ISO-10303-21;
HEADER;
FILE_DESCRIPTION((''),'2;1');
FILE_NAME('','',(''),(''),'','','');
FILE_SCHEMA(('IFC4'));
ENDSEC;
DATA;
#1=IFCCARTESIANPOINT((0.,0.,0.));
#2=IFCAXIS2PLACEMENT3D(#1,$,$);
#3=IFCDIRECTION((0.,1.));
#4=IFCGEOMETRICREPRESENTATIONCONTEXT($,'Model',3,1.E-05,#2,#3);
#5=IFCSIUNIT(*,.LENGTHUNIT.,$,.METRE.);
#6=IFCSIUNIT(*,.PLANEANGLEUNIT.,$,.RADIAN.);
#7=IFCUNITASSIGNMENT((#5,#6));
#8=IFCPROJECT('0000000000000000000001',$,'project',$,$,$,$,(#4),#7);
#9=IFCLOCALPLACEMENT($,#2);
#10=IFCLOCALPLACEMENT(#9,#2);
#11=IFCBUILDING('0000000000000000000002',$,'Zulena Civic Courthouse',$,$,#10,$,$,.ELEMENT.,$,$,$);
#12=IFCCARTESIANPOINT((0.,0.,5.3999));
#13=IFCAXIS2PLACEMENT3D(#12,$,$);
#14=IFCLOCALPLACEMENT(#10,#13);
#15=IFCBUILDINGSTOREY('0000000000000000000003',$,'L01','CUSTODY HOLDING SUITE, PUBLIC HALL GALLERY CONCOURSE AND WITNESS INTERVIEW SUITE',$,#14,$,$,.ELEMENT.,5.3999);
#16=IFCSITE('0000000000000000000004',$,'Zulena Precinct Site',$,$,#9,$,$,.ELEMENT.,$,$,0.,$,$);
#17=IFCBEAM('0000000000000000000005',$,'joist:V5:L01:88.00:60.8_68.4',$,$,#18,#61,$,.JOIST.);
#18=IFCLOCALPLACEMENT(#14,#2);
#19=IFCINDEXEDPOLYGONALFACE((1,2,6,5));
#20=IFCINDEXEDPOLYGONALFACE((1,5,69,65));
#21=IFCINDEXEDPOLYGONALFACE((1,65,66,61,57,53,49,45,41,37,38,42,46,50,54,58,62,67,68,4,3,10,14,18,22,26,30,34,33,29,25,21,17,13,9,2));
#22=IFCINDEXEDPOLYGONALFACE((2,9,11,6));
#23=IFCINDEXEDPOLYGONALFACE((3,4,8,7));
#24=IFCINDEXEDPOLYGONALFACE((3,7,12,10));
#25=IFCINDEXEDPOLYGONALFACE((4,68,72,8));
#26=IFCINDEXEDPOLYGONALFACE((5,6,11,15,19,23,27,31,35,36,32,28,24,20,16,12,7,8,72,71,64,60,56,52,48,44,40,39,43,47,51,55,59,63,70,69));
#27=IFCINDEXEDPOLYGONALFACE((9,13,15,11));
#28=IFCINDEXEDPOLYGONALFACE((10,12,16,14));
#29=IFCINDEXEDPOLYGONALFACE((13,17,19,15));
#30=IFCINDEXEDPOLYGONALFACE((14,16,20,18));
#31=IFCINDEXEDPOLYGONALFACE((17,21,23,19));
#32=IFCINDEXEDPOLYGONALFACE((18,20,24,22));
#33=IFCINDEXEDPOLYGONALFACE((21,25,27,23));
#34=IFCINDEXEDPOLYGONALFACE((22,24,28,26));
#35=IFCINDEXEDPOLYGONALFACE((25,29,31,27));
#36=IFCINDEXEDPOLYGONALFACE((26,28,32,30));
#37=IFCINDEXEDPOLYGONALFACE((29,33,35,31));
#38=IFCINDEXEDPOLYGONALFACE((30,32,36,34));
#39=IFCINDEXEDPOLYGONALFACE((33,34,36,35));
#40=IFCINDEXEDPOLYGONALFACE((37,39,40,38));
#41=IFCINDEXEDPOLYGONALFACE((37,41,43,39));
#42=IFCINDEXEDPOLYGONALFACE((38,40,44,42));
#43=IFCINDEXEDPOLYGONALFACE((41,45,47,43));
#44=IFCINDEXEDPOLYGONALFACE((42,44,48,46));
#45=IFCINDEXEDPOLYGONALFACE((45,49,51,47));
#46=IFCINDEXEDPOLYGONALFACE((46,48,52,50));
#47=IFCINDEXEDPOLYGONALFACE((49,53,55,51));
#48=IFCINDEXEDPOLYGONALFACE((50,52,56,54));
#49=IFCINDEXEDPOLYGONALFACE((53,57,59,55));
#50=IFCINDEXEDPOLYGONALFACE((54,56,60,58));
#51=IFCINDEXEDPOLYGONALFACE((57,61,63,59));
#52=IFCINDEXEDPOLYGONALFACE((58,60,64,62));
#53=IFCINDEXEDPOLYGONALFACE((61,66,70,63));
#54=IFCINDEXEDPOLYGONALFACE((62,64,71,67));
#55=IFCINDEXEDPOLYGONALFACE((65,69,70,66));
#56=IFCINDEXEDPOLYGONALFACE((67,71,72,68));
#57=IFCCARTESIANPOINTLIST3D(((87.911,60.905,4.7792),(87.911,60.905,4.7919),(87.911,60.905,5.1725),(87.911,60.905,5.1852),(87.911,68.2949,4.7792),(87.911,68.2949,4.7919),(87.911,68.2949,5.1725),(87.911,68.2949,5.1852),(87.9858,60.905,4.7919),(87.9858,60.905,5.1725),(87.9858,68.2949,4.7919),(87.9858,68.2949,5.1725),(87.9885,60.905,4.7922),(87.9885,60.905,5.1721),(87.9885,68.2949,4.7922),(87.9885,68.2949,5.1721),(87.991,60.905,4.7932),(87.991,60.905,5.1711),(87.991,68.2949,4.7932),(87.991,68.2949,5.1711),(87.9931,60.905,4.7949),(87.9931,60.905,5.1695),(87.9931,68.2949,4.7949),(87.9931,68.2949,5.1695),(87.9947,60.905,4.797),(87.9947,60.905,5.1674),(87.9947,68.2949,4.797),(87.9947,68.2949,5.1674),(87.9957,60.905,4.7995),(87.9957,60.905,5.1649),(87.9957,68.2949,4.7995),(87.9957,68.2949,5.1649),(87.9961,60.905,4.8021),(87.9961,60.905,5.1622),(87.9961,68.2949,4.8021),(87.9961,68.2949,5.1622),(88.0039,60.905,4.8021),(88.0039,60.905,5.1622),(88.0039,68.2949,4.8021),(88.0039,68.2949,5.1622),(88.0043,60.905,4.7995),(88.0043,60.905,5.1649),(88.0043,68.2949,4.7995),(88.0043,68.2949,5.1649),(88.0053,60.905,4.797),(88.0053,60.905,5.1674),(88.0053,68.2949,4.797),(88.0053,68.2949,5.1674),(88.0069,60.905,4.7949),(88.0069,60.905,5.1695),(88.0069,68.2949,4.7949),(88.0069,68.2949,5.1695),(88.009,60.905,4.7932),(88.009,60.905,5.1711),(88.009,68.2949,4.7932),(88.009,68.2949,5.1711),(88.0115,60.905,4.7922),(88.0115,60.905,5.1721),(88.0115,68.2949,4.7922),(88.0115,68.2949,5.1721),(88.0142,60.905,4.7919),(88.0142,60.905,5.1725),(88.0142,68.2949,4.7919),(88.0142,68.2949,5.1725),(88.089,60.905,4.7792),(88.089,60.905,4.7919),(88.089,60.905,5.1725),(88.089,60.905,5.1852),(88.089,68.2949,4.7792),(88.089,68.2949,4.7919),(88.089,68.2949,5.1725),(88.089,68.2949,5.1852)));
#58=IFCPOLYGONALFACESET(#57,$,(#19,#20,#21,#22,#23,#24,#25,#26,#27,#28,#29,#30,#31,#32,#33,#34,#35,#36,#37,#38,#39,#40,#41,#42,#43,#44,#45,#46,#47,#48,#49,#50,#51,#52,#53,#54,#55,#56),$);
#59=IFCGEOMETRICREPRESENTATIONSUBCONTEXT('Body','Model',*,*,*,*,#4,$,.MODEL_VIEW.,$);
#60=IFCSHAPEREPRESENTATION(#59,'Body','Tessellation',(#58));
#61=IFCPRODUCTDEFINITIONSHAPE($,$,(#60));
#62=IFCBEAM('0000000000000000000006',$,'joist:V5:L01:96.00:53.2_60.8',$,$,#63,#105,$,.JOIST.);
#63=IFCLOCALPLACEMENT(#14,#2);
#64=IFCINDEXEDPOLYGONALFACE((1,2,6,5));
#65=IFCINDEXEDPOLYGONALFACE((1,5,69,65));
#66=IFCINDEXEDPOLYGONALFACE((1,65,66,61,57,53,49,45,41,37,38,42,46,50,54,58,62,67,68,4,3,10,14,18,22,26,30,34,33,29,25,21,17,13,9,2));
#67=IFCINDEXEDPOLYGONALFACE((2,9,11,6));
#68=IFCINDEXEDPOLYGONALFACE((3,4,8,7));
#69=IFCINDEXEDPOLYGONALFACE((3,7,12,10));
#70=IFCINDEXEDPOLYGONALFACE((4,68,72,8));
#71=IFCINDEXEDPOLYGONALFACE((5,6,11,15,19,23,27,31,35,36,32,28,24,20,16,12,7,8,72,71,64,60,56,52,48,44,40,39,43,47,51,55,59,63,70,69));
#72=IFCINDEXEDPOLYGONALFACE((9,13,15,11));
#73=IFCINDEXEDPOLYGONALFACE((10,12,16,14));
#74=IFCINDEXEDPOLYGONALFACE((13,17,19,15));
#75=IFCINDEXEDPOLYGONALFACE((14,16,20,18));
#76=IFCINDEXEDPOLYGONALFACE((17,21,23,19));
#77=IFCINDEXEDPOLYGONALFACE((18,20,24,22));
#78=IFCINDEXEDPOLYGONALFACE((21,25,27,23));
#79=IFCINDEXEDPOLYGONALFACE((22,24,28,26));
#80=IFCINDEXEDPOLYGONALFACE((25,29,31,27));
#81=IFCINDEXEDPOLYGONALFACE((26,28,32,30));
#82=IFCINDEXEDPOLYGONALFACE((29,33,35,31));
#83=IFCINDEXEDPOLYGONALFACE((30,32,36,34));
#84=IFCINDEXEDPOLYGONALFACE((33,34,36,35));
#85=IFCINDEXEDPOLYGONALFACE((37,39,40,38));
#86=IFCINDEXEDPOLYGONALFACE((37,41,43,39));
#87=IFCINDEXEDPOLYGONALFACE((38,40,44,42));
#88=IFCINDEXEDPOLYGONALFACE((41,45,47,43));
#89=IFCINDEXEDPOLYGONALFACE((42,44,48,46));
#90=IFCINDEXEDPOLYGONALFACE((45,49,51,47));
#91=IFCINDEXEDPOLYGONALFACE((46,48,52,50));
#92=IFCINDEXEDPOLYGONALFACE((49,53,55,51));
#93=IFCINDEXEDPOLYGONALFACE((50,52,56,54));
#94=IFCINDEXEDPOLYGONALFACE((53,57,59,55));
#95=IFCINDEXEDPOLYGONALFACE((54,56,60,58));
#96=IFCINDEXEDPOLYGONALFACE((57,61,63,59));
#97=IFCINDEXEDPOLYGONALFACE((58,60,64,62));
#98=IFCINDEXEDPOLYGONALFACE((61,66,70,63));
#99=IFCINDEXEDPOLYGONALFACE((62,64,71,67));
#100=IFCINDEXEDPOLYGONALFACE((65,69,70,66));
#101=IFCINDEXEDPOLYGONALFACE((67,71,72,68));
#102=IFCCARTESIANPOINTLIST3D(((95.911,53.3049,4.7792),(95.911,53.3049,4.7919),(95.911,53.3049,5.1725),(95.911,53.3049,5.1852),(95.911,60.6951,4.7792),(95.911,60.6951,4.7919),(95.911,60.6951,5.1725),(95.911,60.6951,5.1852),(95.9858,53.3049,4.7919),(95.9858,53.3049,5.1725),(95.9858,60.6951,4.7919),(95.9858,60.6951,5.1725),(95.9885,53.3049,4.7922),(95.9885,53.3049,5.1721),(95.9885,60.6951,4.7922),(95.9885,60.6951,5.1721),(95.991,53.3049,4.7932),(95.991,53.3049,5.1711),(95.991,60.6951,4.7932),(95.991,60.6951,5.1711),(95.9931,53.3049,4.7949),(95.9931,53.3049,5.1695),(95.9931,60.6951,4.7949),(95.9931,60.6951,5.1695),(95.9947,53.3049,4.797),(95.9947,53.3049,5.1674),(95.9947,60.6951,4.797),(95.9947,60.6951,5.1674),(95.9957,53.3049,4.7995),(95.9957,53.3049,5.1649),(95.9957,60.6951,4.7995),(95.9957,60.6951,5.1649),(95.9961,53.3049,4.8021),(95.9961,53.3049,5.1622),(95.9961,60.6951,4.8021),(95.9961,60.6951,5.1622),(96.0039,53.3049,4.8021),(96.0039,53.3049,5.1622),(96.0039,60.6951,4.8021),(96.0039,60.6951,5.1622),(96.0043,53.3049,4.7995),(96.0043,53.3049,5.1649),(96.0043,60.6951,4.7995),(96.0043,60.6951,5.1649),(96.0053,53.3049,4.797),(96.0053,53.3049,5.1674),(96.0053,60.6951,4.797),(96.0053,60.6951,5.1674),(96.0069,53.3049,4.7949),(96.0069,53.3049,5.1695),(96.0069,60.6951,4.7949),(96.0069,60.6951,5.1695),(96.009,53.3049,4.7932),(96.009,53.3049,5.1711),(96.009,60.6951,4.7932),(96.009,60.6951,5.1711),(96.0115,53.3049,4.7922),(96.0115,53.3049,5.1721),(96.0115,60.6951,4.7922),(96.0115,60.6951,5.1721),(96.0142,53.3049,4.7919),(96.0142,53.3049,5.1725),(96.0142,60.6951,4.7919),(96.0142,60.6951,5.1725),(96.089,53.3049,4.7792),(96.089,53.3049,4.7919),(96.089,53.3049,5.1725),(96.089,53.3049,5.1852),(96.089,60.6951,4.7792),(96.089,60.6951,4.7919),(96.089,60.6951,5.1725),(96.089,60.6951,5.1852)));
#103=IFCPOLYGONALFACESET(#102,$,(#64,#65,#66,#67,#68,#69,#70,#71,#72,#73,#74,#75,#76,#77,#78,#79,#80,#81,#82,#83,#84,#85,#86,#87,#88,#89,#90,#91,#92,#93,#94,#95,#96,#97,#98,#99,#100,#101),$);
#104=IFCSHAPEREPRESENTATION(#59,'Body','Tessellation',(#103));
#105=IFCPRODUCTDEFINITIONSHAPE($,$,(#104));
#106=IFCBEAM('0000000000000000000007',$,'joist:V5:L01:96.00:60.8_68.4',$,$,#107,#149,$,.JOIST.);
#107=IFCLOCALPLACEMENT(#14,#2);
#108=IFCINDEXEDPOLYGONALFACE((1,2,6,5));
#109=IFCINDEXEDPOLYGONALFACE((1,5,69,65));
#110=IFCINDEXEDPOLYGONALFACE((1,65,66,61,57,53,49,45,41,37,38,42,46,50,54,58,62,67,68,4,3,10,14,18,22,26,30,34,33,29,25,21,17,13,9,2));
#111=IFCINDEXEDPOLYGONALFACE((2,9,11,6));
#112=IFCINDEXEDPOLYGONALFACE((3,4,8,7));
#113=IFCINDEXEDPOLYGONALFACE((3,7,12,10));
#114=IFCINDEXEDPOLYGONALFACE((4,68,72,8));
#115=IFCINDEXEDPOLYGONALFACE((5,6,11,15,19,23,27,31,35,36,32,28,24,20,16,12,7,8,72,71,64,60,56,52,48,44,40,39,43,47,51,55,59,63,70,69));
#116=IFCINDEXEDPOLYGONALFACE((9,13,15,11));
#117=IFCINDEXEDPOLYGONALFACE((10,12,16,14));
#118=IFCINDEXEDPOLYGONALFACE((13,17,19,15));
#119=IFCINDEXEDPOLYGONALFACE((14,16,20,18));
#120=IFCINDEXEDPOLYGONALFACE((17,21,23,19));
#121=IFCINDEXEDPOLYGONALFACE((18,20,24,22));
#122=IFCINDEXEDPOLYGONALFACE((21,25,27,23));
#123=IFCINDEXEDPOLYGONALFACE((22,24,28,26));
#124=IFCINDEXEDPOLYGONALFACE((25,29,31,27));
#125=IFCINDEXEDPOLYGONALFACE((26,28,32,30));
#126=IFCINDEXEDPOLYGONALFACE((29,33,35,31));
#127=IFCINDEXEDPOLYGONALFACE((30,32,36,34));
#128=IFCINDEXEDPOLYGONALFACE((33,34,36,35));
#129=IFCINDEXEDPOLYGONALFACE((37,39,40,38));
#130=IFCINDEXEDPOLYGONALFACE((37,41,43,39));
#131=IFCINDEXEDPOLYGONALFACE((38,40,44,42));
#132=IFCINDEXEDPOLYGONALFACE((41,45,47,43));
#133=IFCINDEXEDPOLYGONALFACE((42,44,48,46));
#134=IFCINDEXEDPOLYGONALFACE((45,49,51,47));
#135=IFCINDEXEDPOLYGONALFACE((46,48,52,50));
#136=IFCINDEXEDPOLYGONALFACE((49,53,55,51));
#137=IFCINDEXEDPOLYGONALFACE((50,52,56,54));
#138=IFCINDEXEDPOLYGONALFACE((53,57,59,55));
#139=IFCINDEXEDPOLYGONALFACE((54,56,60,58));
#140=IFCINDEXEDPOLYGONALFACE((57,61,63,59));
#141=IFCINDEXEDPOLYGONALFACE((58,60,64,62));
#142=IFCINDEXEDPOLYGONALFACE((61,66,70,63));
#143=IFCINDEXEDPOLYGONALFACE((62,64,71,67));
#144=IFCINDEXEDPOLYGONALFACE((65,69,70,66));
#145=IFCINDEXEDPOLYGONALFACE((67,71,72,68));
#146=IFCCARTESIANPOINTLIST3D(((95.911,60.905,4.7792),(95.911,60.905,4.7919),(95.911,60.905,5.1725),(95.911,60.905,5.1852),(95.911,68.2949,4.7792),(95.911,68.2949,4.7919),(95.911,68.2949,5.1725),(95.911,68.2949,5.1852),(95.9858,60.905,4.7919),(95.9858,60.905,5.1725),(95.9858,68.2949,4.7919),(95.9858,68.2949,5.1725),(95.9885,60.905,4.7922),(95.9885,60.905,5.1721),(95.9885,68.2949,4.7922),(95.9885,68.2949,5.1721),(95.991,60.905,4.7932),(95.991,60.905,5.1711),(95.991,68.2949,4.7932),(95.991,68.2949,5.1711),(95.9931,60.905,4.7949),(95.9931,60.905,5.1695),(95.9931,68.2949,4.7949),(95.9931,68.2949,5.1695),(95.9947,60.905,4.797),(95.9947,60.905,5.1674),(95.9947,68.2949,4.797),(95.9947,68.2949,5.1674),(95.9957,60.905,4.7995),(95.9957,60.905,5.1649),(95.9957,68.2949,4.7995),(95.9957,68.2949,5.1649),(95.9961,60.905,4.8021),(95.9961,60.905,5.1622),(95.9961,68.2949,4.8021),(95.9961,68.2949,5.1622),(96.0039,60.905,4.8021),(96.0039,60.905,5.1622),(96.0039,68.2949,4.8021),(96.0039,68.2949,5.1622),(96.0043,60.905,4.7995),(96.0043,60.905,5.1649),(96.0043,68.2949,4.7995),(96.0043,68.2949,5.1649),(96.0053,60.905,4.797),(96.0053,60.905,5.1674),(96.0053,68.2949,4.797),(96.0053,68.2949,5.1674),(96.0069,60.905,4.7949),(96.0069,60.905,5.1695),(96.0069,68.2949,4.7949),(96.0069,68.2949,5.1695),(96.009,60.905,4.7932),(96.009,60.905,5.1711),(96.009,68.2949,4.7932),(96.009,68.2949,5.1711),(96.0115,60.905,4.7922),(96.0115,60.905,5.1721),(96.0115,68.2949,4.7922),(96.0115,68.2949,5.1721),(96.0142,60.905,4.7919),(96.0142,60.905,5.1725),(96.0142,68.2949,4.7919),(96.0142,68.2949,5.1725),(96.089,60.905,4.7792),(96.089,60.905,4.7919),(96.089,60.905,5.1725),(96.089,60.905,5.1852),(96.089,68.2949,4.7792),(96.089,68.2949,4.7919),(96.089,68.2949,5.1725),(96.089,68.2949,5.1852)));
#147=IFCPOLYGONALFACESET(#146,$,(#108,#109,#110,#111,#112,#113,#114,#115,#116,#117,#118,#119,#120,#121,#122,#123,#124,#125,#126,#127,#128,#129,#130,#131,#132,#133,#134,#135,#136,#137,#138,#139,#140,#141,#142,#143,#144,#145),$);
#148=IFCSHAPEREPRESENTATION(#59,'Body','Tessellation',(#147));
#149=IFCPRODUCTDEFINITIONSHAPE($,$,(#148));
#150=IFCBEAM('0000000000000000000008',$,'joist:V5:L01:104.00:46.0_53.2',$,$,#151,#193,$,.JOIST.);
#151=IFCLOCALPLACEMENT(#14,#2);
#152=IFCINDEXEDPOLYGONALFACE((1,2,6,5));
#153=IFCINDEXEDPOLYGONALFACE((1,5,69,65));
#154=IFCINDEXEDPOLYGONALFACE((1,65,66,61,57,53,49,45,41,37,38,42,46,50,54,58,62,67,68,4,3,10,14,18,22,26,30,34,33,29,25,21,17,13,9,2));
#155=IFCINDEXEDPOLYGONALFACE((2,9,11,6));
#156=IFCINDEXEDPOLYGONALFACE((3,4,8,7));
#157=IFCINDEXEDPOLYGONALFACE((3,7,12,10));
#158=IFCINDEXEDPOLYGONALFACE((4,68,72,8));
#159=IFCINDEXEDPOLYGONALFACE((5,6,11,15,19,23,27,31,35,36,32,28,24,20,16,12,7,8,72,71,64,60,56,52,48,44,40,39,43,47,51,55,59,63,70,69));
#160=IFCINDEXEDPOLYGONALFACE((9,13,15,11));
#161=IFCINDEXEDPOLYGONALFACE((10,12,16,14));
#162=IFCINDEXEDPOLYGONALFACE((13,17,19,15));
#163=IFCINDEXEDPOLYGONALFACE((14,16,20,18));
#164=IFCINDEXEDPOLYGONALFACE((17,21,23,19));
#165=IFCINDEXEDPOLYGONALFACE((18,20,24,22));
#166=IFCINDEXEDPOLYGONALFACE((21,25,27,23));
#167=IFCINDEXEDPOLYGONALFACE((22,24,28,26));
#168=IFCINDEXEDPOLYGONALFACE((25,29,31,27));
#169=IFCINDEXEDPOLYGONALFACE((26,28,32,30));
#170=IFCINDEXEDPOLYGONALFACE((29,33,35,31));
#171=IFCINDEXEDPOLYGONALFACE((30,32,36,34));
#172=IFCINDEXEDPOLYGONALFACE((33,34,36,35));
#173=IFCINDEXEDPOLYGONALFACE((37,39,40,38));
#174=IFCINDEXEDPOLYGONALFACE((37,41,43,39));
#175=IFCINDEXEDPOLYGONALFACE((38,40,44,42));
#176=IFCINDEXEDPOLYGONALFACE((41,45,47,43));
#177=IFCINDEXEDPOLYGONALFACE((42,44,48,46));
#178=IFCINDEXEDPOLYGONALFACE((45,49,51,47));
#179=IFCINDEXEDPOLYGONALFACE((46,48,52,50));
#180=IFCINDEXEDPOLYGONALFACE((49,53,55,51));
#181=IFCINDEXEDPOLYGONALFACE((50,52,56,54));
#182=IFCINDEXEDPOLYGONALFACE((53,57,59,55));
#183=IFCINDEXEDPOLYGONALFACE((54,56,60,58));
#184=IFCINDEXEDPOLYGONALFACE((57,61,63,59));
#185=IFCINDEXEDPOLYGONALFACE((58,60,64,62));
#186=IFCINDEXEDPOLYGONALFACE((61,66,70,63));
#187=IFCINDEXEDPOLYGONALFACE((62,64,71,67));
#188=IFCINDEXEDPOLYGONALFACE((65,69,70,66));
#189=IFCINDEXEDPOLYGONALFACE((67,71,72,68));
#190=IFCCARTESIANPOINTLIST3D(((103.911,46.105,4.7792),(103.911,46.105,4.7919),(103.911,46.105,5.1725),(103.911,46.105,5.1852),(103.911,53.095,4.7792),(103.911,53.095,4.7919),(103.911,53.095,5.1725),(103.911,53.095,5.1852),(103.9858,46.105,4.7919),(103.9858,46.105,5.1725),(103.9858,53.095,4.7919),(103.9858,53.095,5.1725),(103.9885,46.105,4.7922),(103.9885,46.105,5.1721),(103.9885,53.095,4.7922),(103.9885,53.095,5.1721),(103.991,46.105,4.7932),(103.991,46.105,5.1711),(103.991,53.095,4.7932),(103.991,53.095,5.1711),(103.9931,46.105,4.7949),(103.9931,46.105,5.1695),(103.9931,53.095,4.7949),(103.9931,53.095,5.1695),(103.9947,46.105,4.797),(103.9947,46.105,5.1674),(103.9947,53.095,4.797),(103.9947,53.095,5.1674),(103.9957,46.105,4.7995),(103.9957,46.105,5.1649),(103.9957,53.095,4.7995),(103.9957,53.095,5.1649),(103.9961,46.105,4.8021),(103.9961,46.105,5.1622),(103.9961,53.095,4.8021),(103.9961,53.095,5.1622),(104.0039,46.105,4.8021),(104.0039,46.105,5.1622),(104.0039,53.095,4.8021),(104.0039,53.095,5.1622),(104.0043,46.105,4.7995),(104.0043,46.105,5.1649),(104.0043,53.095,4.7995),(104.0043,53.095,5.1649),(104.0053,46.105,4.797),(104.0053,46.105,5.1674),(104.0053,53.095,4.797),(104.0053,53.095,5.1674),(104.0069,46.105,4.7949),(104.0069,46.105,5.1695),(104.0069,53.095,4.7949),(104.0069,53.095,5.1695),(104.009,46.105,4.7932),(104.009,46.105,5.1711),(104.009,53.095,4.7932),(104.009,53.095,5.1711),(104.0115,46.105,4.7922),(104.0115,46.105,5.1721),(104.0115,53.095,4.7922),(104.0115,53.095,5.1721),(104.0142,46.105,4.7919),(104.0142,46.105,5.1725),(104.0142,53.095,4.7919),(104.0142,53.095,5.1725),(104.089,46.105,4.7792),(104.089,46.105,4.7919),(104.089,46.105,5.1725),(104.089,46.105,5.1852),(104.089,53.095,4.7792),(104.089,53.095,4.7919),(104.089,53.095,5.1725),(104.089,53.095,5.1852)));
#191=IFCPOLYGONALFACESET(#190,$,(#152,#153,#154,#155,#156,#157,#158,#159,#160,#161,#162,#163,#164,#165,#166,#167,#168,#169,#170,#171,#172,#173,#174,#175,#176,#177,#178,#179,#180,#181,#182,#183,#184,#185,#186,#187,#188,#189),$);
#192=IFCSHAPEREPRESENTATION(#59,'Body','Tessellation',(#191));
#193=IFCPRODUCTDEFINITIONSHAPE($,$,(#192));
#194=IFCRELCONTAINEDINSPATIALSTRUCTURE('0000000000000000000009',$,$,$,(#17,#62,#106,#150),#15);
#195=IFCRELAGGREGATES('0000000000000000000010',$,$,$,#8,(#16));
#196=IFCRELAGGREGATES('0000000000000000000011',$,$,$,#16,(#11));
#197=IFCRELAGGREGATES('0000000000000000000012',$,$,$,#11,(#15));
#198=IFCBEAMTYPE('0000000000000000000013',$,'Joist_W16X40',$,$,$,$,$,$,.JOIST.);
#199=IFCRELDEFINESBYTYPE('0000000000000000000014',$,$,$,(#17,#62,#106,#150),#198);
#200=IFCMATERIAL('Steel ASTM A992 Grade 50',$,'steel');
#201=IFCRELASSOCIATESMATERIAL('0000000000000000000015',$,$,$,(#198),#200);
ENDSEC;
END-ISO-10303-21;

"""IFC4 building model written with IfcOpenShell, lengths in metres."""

from ifc_helpers import new_model, si_unit, direction, frame, origin, origin_2d, place, context, subcontext, project, spatial, i_section, extrude, material, material_profile, profile_set, type_object, element, save


model = new_model("IFC4")

# Units and contexts
model_context = context("Model", 3, precision=1e-05, world=origin(), true_north=direction((0.0, 1.0)))
body_context = subcontext(model_context, "Body", "Model", "MODEL_VIEW")
ifc_project = project(units=[si_unit("LENGTHUNIT", "METRE"), si_unit("PLANEANGLEUNIT", "RADIAN")], contexts=[model_context])

# Site, building, storey
site_placement = place(None, origin())
site = spatial("IfcSite", under=ifc_project, at=site_placement, Name="Zulena Precinct Site", CompositionType="ELEMENT", RefElevation=0.0)
building_placement = place(site_placement, origin())
building = spatial("IfcBuilding", under=site, at=building_placement, Name="Zulena Civic Courthouse", CompositionType="ELEMENT")
storey_placement = place(building_placement, frame((0.0, 0.0, 5.3999)))
storey = spatial("IfcBuildingStorey", under=building, at=storey_placement, Name="L01", Description="CUSTODY HOLDING SUITE, PUBLIC HALL GALLERY CONCOURSE AND WITNESS INTERVIEW SUITE", CompositionType="ELEMENT", Elevation=5.3999)

# Shared definitions
ifc_material_1 = material(Name="Steel ASTM A992 Grade 50", Category="steel")

# Beams
ifc_material_profile_1 = material_profile(ifc_material_1, i_section(OverallWidth=0.178, OverallDepth=0.406, WebThickness=0.0078, FlangeThickness=0.0127, FilletRadius=0.0103, at=origin_2d()), Name="W16X40")
ifc_profile_set_1 = profile_set([ifc_material_profile_1], Name="Steel ASTM A992 Grade 50")
beam_type_1 = type_object("IfcBeamType", Name="Joist_W16X40", PredefinedType="JOIST", material=ifc_profile_set_1)
beam_1_placement = place(storey_placement, frame((88.0, 60.905, 4.9822), z_axis=(0.0, 1.0, 0.0), x_axis=(-1.0, 0.0, 0.0)))
element("IfcBeam", 1, at=beam_1_placement, inside=storey, type_object=beam_type_1, Name="joist:V5:L01:88.00:60.8_68.4", PredefinedType="JOIST", context=body_context, shape_type="SweptSolid", body=[
    extrude(i_section(OverallWidth=0.178, OverallDepth=0.406, WebThickness=0.0078, FlangeThickness=0.0127, FilletRadius=0.0103, at=origin_2d()), origin(), (0.0, 0.0, 1.0), 7.3899),
])
beam_2_placement = place(storey_placement, frame((96.0, 53.3049, 4.9822), z_axis=(0.0, 1.0, 0.0), x_axis=(-1.0, 0.0, 0.0)))
element("IfcBeam", 2, at=beam_2_placement, inside=storey, type_object=beam_type_1, Name="joist:V5:L01:96.00:53.2_60.8", PredefinedType="JOIST", context=body_context, shape_type="SweptSolid", body=[
    extrude(i_section(OverallWidth=0.178, OverallDepth=0.406, WebThickness=0.0078, FlangeThickness=0.0127, FilletRadius=0.0103, at=origin_2d()), origin(), (0.0, 0.0, 1.0), 7.3901),
])
beam_3_placement = place(storey_placement, frame((96.0, 60.905, 4.9822), z_axis=(0.0, 1.0, 0.0), x_axis=(-1.0, 0.0, 0.0)))
element("IfcBeam", 3, at=beam_3_placement, inside=storey, type_object=beam_type_1, Name="joist:V5:L01:96.00:60.8_68.4", PredefinedType="JOIST", context=body_context, shape_type="SweptSolid", body=[
    extrude(i_section(OverallWidth=0.178, OverallDepth=0.406, WebThickness=0.0078, FlangeThickness=0.0127, FilletRadius=0.0103, at=origin_2d()), origin(), (0.0, 0.0, 1.0), 7.3899),
])
beam_4_placement = place(storey_placement, frame((104.0, 46.105, 4.9822), z_axis=(0.0, 1.0, 0.0), x_axis=(-1.0, 0.0, 0.0)))
element("IfcBeam", 4, at=beam_4_placement, inside=storey, type_object=beam_type_1, Name="joist:V5:L01:104.00:46.0_53.2", PredefinedType="JOIST", context=body_context, shape_type="SweptSolid", body=[
    extrude(i_section(OverallWidth=0.178, OverallDepth=0.406, WebThickness=0.0078, FlangeThickness=0.0127, FilletRadius=0.0103, at=origin_2d()), origin(), (0.0, 0.0, 1.0), 6.99),
])

save(model, "model.ifc")
